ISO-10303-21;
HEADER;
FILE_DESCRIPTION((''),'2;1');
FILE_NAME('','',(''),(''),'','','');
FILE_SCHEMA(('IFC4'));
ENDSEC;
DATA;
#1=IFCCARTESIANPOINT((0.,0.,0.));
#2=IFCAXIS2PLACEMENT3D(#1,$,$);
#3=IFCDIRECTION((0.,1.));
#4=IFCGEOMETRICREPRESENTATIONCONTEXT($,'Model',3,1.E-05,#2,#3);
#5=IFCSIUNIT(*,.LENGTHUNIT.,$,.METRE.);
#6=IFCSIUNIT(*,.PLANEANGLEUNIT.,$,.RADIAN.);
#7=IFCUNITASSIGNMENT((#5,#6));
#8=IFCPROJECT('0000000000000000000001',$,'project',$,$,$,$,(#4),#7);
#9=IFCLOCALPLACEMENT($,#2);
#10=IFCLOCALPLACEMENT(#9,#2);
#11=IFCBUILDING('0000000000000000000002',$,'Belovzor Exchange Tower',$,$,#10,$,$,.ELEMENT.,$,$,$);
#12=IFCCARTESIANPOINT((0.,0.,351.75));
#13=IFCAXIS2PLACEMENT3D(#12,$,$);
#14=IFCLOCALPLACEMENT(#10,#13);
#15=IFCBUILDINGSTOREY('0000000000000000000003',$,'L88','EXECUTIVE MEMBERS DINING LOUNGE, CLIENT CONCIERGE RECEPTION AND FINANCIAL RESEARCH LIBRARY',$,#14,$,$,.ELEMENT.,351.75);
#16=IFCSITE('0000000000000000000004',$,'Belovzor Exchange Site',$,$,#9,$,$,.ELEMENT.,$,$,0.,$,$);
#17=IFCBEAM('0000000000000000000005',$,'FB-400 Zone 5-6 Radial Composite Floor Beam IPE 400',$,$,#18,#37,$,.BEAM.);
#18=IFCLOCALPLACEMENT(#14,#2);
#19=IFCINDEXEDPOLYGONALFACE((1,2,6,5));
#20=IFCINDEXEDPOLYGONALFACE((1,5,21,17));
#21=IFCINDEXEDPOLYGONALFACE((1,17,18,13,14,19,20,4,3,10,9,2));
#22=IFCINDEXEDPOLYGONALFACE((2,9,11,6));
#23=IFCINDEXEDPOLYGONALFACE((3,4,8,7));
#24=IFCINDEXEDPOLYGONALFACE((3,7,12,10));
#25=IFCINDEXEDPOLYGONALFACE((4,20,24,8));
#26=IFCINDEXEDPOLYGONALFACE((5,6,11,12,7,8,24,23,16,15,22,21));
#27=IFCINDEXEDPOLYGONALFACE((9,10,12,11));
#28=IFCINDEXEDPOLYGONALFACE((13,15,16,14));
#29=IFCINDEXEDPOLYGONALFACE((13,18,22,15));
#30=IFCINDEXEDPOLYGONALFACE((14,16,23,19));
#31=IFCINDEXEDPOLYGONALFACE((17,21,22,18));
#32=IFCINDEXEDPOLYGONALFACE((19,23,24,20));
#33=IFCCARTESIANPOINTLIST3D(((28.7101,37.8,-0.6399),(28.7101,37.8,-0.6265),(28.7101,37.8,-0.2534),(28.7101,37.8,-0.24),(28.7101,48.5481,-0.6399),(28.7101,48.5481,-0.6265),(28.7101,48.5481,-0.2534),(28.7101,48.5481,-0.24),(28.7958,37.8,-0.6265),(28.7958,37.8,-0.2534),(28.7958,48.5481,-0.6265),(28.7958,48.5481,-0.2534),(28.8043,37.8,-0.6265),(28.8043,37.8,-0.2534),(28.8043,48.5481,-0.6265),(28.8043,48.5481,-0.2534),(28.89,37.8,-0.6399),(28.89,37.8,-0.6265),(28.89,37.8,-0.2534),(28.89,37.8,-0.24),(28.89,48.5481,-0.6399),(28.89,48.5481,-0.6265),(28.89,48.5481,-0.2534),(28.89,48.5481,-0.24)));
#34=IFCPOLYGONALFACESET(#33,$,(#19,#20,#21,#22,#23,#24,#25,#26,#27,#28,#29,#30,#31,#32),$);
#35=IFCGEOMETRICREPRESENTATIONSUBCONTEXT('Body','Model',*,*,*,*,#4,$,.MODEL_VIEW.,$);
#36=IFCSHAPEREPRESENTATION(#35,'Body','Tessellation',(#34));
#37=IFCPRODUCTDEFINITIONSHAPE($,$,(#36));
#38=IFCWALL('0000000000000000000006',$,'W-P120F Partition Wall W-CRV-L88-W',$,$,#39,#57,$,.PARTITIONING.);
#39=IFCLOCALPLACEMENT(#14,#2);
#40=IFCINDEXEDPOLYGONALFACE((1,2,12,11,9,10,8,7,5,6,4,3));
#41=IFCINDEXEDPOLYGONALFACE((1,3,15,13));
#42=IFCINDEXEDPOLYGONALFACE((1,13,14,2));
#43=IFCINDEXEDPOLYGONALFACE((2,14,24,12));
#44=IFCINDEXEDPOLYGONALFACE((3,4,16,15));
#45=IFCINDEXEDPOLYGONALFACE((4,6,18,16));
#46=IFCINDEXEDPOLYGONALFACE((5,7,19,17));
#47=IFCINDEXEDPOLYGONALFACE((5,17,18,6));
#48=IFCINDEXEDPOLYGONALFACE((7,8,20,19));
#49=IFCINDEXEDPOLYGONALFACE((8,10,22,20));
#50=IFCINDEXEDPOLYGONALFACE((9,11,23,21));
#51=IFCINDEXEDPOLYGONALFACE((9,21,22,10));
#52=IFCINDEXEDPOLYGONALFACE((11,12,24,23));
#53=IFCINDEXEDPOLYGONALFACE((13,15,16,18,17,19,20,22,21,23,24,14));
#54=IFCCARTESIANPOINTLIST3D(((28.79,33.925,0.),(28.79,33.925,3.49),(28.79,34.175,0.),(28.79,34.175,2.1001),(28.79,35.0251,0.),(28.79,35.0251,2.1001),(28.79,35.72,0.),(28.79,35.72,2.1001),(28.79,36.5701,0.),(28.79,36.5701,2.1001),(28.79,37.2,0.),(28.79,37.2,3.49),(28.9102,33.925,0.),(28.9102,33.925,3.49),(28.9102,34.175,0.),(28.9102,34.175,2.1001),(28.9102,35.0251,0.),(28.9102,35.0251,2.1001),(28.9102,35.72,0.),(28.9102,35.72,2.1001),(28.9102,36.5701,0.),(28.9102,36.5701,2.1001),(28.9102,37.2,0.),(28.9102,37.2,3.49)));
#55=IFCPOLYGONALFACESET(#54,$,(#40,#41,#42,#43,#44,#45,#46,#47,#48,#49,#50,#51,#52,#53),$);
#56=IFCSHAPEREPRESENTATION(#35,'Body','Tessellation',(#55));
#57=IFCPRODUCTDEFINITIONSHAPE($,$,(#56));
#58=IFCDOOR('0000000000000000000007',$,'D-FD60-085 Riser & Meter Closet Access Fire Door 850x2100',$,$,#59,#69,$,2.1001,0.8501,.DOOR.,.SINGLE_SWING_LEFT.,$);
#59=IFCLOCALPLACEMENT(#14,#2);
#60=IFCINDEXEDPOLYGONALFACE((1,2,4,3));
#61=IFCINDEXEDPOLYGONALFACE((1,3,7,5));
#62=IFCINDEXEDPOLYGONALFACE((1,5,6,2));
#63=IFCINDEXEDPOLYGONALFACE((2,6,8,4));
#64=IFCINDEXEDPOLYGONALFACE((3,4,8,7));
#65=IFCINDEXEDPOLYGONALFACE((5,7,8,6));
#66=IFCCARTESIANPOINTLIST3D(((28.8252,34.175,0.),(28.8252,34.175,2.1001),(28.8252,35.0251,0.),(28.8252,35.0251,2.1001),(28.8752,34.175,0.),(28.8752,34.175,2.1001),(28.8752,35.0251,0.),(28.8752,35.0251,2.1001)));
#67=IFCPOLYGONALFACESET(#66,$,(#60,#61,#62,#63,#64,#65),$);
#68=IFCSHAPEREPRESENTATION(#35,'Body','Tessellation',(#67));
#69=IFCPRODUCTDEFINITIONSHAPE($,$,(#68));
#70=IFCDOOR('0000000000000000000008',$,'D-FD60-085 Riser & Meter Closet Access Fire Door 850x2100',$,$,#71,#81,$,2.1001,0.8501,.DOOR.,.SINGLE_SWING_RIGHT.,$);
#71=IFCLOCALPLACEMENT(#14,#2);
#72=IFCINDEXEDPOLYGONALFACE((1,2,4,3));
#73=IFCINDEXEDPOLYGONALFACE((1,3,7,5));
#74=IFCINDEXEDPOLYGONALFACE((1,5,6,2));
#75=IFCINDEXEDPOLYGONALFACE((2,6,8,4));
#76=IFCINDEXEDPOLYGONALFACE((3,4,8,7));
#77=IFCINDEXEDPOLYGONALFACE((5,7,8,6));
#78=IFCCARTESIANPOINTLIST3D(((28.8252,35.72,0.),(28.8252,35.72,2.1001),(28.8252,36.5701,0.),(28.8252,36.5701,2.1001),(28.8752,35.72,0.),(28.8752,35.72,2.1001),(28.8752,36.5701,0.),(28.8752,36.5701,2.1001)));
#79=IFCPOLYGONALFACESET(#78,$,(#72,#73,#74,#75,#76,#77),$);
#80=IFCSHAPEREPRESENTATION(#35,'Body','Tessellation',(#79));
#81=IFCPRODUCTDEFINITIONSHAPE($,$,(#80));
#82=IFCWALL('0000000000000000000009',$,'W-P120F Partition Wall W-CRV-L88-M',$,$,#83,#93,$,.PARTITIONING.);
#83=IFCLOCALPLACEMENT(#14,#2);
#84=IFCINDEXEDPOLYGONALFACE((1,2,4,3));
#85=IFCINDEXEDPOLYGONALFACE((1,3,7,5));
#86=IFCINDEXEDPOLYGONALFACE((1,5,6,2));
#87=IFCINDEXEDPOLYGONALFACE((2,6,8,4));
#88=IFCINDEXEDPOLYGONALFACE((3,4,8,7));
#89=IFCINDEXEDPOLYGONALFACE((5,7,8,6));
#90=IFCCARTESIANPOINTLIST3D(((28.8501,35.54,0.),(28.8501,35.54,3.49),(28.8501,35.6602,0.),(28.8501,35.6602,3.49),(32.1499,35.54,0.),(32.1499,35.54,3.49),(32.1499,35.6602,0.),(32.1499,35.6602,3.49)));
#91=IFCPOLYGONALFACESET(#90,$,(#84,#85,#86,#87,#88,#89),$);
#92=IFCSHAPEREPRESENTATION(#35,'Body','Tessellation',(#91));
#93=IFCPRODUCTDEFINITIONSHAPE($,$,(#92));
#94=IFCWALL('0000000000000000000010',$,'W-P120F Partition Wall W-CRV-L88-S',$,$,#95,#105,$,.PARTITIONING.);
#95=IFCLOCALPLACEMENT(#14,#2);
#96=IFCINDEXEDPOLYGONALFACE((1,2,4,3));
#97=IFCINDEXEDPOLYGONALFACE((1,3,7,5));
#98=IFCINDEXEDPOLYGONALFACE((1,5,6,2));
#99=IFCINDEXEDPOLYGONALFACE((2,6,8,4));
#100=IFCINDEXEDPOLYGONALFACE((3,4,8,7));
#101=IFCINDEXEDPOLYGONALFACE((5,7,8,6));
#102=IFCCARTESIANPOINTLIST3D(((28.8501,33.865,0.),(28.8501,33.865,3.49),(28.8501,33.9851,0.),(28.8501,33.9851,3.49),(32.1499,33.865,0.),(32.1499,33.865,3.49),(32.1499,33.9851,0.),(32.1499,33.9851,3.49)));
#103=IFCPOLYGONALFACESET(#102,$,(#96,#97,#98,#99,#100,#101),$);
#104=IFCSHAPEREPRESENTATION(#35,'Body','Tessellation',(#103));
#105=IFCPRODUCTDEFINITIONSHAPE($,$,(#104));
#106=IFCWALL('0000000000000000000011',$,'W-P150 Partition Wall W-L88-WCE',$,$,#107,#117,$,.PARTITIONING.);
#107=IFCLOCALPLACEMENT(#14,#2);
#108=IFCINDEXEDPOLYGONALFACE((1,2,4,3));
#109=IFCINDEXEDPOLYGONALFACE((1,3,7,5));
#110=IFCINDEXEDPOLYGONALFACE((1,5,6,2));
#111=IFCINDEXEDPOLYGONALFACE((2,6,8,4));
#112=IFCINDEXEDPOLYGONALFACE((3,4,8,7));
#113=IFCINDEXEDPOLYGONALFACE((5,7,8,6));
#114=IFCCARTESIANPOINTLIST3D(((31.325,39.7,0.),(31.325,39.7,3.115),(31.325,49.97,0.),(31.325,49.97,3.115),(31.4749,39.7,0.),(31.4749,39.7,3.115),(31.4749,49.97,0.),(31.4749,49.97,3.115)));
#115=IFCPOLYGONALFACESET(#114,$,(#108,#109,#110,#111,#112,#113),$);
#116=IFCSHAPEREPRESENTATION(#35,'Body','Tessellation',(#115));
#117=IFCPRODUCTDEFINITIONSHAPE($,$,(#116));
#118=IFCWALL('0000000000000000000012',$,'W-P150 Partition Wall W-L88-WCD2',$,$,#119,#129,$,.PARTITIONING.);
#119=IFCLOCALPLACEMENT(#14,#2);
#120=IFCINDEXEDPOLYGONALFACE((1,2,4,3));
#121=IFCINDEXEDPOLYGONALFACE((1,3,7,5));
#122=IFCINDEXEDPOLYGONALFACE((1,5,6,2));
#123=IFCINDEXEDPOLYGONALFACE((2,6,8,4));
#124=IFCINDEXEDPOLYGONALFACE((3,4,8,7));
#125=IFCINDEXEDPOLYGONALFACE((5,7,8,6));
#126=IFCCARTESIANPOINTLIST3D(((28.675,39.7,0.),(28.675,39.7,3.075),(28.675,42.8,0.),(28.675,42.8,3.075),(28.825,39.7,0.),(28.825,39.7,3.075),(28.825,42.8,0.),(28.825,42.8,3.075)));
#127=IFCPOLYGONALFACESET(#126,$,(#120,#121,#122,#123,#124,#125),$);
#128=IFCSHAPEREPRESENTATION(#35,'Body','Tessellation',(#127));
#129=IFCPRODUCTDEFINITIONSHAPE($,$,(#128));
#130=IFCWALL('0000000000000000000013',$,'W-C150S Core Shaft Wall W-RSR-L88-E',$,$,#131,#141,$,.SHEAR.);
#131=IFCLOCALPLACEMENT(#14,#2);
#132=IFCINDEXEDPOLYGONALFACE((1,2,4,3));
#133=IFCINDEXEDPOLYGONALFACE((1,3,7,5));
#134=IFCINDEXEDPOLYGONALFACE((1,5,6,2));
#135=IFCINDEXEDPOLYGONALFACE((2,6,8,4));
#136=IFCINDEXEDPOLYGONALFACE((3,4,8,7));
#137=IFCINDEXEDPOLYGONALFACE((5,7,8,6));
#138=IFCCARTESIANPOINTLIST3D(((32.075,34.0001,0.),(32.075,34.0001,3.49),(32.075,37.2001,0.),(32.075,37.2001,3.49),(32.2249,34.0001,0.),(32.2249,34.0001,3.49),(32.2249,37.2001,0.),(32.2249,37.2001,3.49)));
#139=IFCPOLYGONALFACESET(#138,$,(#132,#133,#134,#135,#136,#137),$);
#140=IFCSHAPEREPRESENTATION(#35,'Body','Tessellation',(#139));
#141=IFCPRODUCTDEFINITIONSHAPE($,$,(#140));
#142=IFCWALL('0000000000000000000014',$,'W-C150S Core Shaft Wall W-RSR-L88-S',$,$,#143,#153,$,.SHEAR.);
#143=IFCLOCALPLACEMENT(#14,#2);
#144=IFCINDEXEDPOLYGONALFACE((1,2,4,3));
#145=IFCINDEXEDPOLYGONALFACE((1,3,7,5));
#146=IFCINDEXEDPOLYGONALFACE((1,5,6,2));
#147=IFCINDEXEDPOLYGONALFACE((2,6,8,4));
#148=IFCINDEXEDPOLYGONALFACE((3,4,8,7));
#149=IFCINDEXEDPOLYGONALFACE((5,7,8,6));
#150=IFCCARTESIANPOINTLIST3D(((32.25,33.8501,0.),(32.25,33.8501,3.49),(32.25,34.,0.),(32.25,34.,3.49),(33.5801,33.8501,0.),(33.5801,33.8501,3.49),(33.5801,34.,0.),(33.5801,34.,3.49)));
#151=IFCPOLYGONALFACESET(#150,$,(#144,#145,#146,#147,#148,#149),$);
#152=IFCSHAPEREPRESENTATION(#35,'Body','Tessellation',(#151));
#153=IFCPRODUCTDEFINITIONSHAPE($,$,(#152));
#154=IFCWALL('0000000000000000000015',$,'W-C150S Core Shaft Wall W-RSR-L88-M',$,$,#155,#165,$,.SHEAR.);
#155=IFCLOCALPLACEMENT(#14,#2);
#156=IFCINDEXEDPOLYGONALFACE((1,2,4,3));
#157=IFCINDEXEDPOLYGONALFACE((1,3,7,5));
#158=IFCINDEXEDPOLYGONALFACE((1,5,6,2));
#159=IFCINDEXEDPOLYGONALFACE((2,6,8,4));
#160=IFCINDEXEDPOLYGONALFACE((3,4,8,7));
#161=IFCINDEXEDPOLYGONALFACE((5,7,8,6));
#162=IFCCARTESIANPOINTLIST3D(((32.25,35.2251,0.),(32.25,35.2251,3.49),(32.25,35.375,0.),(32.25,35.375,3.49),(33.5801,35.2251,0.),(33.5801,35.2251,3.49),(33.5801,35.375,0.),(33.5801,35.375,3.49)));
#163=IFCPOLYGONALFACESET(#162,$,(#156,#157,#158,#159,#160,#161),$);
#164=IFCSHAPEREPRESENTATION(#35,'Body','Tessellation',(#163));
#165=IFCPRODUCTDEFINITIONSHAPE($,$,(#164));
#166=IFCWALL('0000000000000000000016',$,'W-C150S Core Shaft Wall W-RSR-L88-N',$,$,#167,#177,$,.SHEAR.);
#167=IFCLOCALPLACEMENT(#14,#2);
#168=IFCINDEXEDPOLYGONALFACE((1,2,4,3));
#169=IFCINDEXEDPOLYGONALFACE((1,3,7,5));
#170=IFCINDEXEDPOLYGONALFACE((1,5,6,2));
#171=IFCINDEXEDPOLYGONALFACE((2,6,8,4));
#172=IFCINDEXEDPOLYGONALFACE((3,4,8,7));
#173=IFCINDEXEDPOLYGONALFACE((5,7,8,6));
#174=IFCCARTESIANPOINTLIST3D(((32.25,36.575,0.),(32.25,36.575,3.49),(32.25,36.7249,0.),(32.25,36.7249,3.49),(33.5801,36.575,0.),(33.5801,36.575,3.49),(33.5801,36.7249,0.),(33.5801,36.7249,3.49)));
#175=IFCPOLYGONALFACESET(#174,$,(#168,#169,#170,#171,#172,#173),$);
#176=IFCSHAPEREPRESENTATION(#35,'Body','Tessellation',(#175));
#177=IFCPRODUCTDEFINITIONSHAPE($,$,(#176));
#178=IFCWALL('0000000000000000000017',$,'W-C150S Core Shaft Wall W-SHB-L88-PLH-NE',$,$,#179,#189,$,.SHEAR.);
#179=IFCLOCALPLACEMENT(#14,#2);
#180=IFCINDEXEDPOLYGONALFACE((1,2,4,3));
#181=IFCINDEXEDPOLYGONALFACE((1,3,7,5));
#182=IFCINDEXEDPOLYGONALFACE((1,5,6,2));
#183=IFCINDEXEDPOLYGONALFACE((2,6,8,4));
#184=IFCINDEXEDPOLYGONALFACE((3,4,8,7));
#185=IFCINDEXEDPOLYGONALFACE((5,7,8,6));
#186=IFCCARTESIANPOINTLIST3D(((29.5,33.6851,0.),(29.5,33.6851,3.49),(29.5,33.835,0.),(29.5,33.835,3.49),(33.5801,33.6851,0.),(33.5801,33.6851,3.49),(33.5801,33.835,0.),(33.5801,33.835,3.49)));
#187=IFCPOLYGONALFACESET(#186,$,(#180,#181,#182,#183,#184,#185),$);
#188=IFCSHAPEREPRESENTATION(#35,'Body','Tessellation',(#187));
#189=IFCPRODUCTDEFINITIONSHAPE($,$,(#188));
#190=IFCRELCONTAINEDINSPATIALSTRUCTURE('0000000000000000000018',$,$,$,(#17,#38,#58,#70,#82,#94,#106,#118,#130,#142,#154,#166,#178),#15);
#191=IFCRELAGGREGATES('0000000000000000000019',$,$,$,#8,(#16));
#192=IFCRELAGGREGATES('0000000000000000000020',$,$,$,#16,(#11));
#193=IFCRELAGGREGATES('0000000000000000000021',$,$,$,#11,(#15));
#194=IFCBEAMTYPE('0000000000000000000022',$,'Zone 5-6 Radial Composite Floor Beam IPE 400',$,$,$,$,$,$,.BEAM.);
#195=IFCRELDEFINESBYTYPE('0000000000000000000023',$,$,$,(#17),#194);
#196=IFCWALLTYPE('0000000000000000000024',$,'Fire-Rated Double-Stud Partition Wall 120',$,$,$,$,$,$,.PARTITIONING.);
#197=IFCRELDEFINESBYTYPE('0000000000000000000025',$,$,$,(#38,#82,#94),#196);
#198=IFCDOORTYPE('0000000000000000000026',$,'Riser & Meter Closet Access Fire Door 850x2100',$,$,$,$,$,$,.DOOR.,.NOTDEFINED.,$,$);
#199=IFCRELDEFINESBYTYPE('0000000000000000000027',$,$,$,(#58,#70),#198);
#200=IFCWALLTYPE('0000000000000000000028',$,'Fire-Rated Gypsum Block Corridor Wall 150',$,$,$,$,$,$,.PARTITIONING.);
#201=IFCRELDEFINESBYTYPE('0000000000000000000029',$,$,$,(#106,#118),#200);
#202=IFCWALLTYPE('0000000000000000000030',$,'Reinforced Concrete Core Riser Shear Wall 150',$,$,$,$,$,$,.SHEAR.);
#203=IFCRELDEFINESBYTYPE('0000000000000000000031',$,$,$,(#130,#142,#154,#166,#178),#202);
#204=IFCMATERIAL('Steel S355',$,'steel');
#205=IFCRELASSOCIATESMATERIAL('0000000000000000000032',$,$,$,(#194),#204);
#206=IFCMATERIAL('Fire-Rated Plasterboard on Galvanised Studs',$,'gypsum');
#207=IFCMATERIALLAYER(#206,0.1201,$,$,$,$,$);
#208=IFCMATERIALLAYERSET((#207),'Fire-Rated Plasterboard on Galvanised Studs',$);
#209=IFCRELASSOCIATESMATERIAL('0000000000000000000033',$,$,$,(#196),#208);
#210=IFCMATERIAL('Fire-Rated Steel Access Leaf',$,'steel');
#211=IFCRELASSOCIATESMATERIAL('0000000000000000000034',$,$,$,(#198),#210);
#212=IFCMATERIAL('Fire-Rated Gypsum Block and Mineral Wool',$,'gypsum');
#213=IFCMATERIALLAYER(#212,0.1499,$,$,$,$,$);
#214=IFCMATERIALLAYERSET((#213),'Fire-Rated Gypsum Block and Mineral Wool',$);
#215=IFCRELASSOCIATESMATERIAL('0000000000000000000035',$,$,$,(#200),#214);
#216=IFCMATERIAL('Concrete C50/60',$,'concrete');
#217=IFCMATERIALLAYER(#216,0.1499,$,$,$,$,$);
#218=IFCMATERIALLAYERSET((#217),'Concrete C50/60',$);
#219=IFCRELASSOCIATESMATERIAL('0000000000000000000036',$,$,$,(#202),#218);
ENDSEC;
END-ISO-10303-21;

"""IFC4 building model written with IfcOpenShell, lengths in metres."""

from ifc_helpers import new_model, si_unit, direction, frame, frame_2d, origin, origin_2d, place, context, subcontext, project, spatial, rectangle, i_section, extrude, material, layer, layer_set, material_profile, profile_set, type_object, element, fill, save


model = new_model("IFC4")

# Units and contexts
model_context = context("Model", 3, precision=1e-05, world=origin(), true_north=direction((0.0, 1.0)))
body_context = subcontext(model_context, "Body", "Model", "MODEL_VIEW")
ifc_project = project(units=[si_unit("LENGTHUNIT", "METRE"), si_unit("PLANEANGLEUNIT", "RADIAN")], contexts=[model_context])

# Site, building, storey
site_placement = place(None, origin())
site = spatial("IfcSite", under=ifc_project, at=site_placement, Name="Belovzor Exchange Site", CompositionType="ELEMENT", RefElevation=0.0)
building_placement = place(site_placement, origin())
building = spatial("IfcBuilding", under=site, at=building_placement, Name="Belovzor Exchange Tower", CompositionType="ELEMENT")
storey_placement = place(building_placement, frame((0.0, 0.0, 351.75)))
storey = spatial("IfcBuildingStorey", under=building, at=storey_placement, Name="L88", Description="EXECUTIVE MEMBERS DINING LOUNGE, CLIENT CONCIERGE RECEPTION AND FINANCIAL RESEARCH LIBRARY", CompositionType="ELEMENT", Elevation=351.75)

# Beam
ifc_material_1 = material(Name="Steel S355", Category="steel")
ifc_material_profile = material_profile(ifc_material_1, i_section(OverallWidth=0.1799, OverallDepth=0.3999, WebThickness=0.0085, FlangeThickness=0.0134, at=origin_2d()))
ifc_profile_set = profile_set([ifc_material_profile], Name="Steel S355")
beam_type = type_object("IfcBeamType", Name="Zone 5-6 Radial Composite Floor Beam IPE 400", PredefinedType="BEAM", material=ifc_profile_set)
beam_placement = place(storey_placement, frame((28.8, 37.8, -0.4399), z_axis=(0.0, 1.0, 0.0), x_axis=(-1.0, 0.0, 0.0)))
element("IfcBeam", 1, at=beam_placement, inside=storey, type_object=beam_type, Name="FB-400 Zone 5-6 Radial Composite Floor Beam IPE 400", PredefinedType="BEAM", context=body_context, shape_type="SweptSolid", body=[
    extrude(i_section(OverallWidth=0.1799, OverallDepth=0.3999, WebThickness=0.0085, FlangeThickness=0.0134, at=origin_2d()), origin(), (0.0, 0.0, 1.0), 10.748),
])

# Wall, openings, doors
ifc_material_2 = material(Name="Fire-Rated Plasterboard on Galvanised Studs", Category="gypsum")
ifc_layer_1 = layer(ifc_material_2, 0.1201)
ifc_layer_set_1 = layer_set([ifc_layer_1], Name="Fire-Rated Plasterboard on Galvanised Studs")
wall_type_1 = type_object("IfcWallType", Name="Fire-Rated Double-Stud Partition Wall 120", PredefinedType="PARTITIONING", material=ifc_layer_set_1)
wall_1_placement = place(storey_placement, frame((28.8501, 33.925, 0.0), z_axis=(0.0, 0.0, 1.0), x_axis=(0.0, 1.0, 0.0)))
wall_1 = element("IfcWall", 2, at=wall_1_placement, inside=storey, type_object=wall_type_1, Name="W-P120F Partition Wall W-CRV-L88-W", PredefinedType="PARTITIONING", context=body_context, shape_type="SweptSolid", body=[
    extrude(rectangle(XDim=3.2749, YDim=0.1201, at=frame_2d((1.6375, 0.0))), origin(), (0.0, 0.0, 1.0), 3.49),
])
opening_1_placement = place(wall_1_placement, frame((0.25, 0.0, 0.0)))
opening_1 = element("IfcOpeningElement", 3, at=opening_1_placement, cuts=wall_1, PredefinedType="OPENING", context=body_context, shape_type="SweptSolid", body=[
    extrude(rectangle(XDim=0.8501, YDim=2.1001, at=frame_2d((0.425, 1.05))), frame((0.0, 0.0701, 0.0), z_axis=(0.0, -1.0, 0.0), x_axis=(1.0, 0.0, 0.0)), (0.0, 0.0, 1.0), 0.1401),
])
opening_2_placement = place(wall_1_placement, frame((1.7949, 0.0, 0.0)))
opening_2 = element("IfcOpeningElement", 4, at=opening_2_placement, cuts=wall_1, PredefinedType="OPENING", context=body_context, shape_type="SweptSolid", body=[
    extrude(rectangle(XDim=0.8501, YDim=2.1001, at=frame_2d((0.425, 1.05))), frame((0.0, 0.0701, 0.0), z_axis=(0.0, -1.0, 0.0), x_axis=(1.0, 0.0, 0.0)), (0.0, 0.0, 1.0), 0.1401),
])
ifc_material_3 = material(Name="Fire-Rated Steel Access Leaf", Category="steel")
door_type_1 = type_object("IfcDoorType", Name="Riser & Meter Closet Access Fire Door 850x2100", OperationType="NOTDEFINED", PredefinedType="DOOR", material=ifc_material_3)
door_1_placement = place(opening_1_placement, origin())
door_1 = element("IfcDoor", 5, at=door_1_placement, inside=storey, type_object=door_type_1, Name="D-FD60-085 Riser & Meter Closet Access Fire Door 850x2100", OperationType="SINGLE_SWING_LEFT", OverallHeight=2.1001, OverallWidth=0.8501, PredefinedType="DOOR", context=body_context, shape_type="SweptSolid", body=[
    extrude(rectangle(XDim=0.8501, YDim=2.1001, at=frame_2d((0.425, 1.05))), frame((0.0, 0.0249, 0.0), z_axis=(0.0, -1.0, 0.0), x_axis=(1.0, 0.0, 0.0)), (0.0, 0.0, 1.0), 0.05),
])
fill(opening_1, door_1)
door_2_placement = place(opening_2_placement, origin())
door_2 = element("IfcDoor", 6, at=door_2_placement, inside=storey, type_object=door_type_1, Name="D-FD60-085 Riser & Meter Closet Access Fire Door 850x2100", OperationType="SINGLE_SWING_RIGHT", OverallHeight=2.1001, OverallWidth=0.8501, PredefinedType="DOOR", context=body_context, shape_type="SweptSolid", body=[
    extrude(rectangle(XDim=0.8501, YDim=2.1001, at=frame_2d((0.425, 1.05))), frame((0.0, 0.0249, 0.0), z_axis=(0.0, -1.0, 0.0), x_axis=(1.0, 0.0, 0.0)), (0.0, 0.0, 1.0), 0.05),
])
fill(opening_2, door_2)

# Walls
for number, where, z_axis, x_axis, name in (
    (7, (28.8501, 35.6001, 0.0), (0.0, 0.0, 1.0), (1.0, 0.0, 0.0), "W-P120F Partition Wall W-CRV-L88-M"),
    (8, (28.8501, 33.925, 0.0), (0.0, 0.0, 1.0), (1.0, 0.0, 0.0), "W-P120F Partition Wall W-CRV-L88-S"),
):
    element("IfcWall", number, at=place(storey_placement, frame(where, z_axis=z_axis, x_axis=x_axis)), inside=storey, type_object=wall_type_1, Name=name, PredefinedType="PARTITIONING", context=body_context, shape_type="SweptSolid", body=[
        extrude(rectangle(XDim=3.2998, YDim=0.1201, at=frame_2d((1.6499, 0.0))), origin(), (0.0, 0.0, 1.0), 3.49),
    ])
ifc_material_4 = material(Name="Fire-Rated Gypsum Block and Mineral Wool", Category="gypsum")
ifc_layer_2 = layer(ifc_material_4, 0.1499)
ifc_layer_set_2 = layer_set([ifc_layer_2], Name="Fire-Rated Gypsum Block and Mineral Wool")
wall_type_2 = type_object("IfcWallType", Name="Fire-Rated Gypsum Block Corridor Wall 150", PredefinedType="PARTITIONING", material=ifc_layer_set_2)
wall_2_placement = place(storey_placement, frame((31.3999, 39.7, 0.0), z_axis=(0.0, 0.0, 1.0), x_axis=(0.0, 1.0, 0.0)))
element("IfcWall", 9, at=wall_2_placement, inside=storey, type_object=wall_type_2, Name="W-P150 Partition Wall W-L88-WCE", PredefinedType="PARTITIONING", context=body_context, shape_type="SweptSolid", body=[
    extrude(rectangle(XDim=10.27, YDim=0.1499, at=frame_2d((5.135, 0.0))), origin(), (0.0, 0.0, 1.0), 3.115),
])
wall_3_placement = place(storey_placement, frame((28.75, 39.7, 0.0), z_axis=(0.0, 0.0, 1.0), x_axis=(0.0, 1.0, 0.0)))
element("IfcWall", 10, at=wall_3_placement, inside=storey, type_object=wall_type_2, Name="W-P150 Partition Wall W-L88-WCD2", PredefinedType="PARTITIONING", context=body_context, shape_type="SweptSolid", body=[
    extrude(rectangle(XDim=3.1001, YDim=0.1499, at=frame_2d((1.55, 0.0))), origin(), (0.0, 0.0, 1.0), 3.075),
])
ifc_material_5 = material(Name="Concrete C50/60", Category="concrete")
ifc_layer_3 = layer(ifc_material_5, 0.1499)
ifc_layer_set_3 = layer_set([ifc_layer_3], Name="Concrete C50/60")
wall_type_3 = type_object("IfcWallType", Name="Reinforced Concrete Core Riser Shear Wall 150", PredefinedType="SHEAR", material=ifc_layer_set_3)
wall_4_placement = place(storey_placement, frame((32.1499, 34.0, 0.0), z_axis=(0.0, 0.0, 1.0), x_axis=(0.0, 1.0, 0.0)))
element("IfcWall", 11, at=wall_4_placement, inside=storey, type_object=wall_type_3, Name="W-C150S Core Shaft Wall W-RSR-L88-E", PredefinedType="SHEAR", context=body_context, shape_type="SweptSolid", body=[
    extrude(rectangle(XDim=3.2, YDim=0.1499, at=frame_2d((1.6001, 0.0))), origin(), (0.0, 0.0, 1.0), 3.49),
])
for number, where, z_axis, x_axis, name in (
    (12, (32.25, 33.925, 0.0), (0.0, 0.0, 1.0), (1.0, 0.0, 0.0), "W-C150S Core Shaft Wall W-RSR-L88-S"),
    (13, (32.25, 35.3, 0.0), (0.0, 0.0, 1.0), (1.0, 0.0, 0.0), "W-C150S Core Shaft Wall W-RSR-L88-M"),
    (14, (32.25, 36.6499, 0.0), (0.0, 0.0, 1.0), (1.0, 0.0, 0.0), "W-C150S Core Shaft Wall W-RSR-L88-N"),
):
    element("IfcWall", number, at=place(storey_placement, frame(where, z_axis=z_axis, x_axis=x_axis)), inside=storey, type_object=wall_type_3, Name=name, PredefinedType="SHEAR", context=body_context, shape_type="SweptSolid", body=[
        extrude(rectangle(XDim=1.3301, YDim=0.1499, at=frame_2d((0.665, 0.0))), origin(), (0.0, 0.0, 1.0), 3.49),
    ])
wall_5_placement = place(storey_placement, frame((29.5, 33.76, 0.0), z_axis=(0.0, 0.0, 1.0), x_axis=(1.0, 0.0, 0.0)))
element("IfcWall", 15, at=wall_5_placement, inside=storey, type_object=wall_type_3, Name="W-C150S Core Shaft Wall W-SHB-L88-PLH-NE", PredefinedType="SHEAR", context=body_context, shape_type="SweptSolid", body=[
    extrude(rectangle(XDim=4.0801, YDim=0.1499, at=frame_2d((2.04, 0.0))), origin(), (0.0, 0.0, 1.0), 3.49),
])

save(model, "model.ifc")
